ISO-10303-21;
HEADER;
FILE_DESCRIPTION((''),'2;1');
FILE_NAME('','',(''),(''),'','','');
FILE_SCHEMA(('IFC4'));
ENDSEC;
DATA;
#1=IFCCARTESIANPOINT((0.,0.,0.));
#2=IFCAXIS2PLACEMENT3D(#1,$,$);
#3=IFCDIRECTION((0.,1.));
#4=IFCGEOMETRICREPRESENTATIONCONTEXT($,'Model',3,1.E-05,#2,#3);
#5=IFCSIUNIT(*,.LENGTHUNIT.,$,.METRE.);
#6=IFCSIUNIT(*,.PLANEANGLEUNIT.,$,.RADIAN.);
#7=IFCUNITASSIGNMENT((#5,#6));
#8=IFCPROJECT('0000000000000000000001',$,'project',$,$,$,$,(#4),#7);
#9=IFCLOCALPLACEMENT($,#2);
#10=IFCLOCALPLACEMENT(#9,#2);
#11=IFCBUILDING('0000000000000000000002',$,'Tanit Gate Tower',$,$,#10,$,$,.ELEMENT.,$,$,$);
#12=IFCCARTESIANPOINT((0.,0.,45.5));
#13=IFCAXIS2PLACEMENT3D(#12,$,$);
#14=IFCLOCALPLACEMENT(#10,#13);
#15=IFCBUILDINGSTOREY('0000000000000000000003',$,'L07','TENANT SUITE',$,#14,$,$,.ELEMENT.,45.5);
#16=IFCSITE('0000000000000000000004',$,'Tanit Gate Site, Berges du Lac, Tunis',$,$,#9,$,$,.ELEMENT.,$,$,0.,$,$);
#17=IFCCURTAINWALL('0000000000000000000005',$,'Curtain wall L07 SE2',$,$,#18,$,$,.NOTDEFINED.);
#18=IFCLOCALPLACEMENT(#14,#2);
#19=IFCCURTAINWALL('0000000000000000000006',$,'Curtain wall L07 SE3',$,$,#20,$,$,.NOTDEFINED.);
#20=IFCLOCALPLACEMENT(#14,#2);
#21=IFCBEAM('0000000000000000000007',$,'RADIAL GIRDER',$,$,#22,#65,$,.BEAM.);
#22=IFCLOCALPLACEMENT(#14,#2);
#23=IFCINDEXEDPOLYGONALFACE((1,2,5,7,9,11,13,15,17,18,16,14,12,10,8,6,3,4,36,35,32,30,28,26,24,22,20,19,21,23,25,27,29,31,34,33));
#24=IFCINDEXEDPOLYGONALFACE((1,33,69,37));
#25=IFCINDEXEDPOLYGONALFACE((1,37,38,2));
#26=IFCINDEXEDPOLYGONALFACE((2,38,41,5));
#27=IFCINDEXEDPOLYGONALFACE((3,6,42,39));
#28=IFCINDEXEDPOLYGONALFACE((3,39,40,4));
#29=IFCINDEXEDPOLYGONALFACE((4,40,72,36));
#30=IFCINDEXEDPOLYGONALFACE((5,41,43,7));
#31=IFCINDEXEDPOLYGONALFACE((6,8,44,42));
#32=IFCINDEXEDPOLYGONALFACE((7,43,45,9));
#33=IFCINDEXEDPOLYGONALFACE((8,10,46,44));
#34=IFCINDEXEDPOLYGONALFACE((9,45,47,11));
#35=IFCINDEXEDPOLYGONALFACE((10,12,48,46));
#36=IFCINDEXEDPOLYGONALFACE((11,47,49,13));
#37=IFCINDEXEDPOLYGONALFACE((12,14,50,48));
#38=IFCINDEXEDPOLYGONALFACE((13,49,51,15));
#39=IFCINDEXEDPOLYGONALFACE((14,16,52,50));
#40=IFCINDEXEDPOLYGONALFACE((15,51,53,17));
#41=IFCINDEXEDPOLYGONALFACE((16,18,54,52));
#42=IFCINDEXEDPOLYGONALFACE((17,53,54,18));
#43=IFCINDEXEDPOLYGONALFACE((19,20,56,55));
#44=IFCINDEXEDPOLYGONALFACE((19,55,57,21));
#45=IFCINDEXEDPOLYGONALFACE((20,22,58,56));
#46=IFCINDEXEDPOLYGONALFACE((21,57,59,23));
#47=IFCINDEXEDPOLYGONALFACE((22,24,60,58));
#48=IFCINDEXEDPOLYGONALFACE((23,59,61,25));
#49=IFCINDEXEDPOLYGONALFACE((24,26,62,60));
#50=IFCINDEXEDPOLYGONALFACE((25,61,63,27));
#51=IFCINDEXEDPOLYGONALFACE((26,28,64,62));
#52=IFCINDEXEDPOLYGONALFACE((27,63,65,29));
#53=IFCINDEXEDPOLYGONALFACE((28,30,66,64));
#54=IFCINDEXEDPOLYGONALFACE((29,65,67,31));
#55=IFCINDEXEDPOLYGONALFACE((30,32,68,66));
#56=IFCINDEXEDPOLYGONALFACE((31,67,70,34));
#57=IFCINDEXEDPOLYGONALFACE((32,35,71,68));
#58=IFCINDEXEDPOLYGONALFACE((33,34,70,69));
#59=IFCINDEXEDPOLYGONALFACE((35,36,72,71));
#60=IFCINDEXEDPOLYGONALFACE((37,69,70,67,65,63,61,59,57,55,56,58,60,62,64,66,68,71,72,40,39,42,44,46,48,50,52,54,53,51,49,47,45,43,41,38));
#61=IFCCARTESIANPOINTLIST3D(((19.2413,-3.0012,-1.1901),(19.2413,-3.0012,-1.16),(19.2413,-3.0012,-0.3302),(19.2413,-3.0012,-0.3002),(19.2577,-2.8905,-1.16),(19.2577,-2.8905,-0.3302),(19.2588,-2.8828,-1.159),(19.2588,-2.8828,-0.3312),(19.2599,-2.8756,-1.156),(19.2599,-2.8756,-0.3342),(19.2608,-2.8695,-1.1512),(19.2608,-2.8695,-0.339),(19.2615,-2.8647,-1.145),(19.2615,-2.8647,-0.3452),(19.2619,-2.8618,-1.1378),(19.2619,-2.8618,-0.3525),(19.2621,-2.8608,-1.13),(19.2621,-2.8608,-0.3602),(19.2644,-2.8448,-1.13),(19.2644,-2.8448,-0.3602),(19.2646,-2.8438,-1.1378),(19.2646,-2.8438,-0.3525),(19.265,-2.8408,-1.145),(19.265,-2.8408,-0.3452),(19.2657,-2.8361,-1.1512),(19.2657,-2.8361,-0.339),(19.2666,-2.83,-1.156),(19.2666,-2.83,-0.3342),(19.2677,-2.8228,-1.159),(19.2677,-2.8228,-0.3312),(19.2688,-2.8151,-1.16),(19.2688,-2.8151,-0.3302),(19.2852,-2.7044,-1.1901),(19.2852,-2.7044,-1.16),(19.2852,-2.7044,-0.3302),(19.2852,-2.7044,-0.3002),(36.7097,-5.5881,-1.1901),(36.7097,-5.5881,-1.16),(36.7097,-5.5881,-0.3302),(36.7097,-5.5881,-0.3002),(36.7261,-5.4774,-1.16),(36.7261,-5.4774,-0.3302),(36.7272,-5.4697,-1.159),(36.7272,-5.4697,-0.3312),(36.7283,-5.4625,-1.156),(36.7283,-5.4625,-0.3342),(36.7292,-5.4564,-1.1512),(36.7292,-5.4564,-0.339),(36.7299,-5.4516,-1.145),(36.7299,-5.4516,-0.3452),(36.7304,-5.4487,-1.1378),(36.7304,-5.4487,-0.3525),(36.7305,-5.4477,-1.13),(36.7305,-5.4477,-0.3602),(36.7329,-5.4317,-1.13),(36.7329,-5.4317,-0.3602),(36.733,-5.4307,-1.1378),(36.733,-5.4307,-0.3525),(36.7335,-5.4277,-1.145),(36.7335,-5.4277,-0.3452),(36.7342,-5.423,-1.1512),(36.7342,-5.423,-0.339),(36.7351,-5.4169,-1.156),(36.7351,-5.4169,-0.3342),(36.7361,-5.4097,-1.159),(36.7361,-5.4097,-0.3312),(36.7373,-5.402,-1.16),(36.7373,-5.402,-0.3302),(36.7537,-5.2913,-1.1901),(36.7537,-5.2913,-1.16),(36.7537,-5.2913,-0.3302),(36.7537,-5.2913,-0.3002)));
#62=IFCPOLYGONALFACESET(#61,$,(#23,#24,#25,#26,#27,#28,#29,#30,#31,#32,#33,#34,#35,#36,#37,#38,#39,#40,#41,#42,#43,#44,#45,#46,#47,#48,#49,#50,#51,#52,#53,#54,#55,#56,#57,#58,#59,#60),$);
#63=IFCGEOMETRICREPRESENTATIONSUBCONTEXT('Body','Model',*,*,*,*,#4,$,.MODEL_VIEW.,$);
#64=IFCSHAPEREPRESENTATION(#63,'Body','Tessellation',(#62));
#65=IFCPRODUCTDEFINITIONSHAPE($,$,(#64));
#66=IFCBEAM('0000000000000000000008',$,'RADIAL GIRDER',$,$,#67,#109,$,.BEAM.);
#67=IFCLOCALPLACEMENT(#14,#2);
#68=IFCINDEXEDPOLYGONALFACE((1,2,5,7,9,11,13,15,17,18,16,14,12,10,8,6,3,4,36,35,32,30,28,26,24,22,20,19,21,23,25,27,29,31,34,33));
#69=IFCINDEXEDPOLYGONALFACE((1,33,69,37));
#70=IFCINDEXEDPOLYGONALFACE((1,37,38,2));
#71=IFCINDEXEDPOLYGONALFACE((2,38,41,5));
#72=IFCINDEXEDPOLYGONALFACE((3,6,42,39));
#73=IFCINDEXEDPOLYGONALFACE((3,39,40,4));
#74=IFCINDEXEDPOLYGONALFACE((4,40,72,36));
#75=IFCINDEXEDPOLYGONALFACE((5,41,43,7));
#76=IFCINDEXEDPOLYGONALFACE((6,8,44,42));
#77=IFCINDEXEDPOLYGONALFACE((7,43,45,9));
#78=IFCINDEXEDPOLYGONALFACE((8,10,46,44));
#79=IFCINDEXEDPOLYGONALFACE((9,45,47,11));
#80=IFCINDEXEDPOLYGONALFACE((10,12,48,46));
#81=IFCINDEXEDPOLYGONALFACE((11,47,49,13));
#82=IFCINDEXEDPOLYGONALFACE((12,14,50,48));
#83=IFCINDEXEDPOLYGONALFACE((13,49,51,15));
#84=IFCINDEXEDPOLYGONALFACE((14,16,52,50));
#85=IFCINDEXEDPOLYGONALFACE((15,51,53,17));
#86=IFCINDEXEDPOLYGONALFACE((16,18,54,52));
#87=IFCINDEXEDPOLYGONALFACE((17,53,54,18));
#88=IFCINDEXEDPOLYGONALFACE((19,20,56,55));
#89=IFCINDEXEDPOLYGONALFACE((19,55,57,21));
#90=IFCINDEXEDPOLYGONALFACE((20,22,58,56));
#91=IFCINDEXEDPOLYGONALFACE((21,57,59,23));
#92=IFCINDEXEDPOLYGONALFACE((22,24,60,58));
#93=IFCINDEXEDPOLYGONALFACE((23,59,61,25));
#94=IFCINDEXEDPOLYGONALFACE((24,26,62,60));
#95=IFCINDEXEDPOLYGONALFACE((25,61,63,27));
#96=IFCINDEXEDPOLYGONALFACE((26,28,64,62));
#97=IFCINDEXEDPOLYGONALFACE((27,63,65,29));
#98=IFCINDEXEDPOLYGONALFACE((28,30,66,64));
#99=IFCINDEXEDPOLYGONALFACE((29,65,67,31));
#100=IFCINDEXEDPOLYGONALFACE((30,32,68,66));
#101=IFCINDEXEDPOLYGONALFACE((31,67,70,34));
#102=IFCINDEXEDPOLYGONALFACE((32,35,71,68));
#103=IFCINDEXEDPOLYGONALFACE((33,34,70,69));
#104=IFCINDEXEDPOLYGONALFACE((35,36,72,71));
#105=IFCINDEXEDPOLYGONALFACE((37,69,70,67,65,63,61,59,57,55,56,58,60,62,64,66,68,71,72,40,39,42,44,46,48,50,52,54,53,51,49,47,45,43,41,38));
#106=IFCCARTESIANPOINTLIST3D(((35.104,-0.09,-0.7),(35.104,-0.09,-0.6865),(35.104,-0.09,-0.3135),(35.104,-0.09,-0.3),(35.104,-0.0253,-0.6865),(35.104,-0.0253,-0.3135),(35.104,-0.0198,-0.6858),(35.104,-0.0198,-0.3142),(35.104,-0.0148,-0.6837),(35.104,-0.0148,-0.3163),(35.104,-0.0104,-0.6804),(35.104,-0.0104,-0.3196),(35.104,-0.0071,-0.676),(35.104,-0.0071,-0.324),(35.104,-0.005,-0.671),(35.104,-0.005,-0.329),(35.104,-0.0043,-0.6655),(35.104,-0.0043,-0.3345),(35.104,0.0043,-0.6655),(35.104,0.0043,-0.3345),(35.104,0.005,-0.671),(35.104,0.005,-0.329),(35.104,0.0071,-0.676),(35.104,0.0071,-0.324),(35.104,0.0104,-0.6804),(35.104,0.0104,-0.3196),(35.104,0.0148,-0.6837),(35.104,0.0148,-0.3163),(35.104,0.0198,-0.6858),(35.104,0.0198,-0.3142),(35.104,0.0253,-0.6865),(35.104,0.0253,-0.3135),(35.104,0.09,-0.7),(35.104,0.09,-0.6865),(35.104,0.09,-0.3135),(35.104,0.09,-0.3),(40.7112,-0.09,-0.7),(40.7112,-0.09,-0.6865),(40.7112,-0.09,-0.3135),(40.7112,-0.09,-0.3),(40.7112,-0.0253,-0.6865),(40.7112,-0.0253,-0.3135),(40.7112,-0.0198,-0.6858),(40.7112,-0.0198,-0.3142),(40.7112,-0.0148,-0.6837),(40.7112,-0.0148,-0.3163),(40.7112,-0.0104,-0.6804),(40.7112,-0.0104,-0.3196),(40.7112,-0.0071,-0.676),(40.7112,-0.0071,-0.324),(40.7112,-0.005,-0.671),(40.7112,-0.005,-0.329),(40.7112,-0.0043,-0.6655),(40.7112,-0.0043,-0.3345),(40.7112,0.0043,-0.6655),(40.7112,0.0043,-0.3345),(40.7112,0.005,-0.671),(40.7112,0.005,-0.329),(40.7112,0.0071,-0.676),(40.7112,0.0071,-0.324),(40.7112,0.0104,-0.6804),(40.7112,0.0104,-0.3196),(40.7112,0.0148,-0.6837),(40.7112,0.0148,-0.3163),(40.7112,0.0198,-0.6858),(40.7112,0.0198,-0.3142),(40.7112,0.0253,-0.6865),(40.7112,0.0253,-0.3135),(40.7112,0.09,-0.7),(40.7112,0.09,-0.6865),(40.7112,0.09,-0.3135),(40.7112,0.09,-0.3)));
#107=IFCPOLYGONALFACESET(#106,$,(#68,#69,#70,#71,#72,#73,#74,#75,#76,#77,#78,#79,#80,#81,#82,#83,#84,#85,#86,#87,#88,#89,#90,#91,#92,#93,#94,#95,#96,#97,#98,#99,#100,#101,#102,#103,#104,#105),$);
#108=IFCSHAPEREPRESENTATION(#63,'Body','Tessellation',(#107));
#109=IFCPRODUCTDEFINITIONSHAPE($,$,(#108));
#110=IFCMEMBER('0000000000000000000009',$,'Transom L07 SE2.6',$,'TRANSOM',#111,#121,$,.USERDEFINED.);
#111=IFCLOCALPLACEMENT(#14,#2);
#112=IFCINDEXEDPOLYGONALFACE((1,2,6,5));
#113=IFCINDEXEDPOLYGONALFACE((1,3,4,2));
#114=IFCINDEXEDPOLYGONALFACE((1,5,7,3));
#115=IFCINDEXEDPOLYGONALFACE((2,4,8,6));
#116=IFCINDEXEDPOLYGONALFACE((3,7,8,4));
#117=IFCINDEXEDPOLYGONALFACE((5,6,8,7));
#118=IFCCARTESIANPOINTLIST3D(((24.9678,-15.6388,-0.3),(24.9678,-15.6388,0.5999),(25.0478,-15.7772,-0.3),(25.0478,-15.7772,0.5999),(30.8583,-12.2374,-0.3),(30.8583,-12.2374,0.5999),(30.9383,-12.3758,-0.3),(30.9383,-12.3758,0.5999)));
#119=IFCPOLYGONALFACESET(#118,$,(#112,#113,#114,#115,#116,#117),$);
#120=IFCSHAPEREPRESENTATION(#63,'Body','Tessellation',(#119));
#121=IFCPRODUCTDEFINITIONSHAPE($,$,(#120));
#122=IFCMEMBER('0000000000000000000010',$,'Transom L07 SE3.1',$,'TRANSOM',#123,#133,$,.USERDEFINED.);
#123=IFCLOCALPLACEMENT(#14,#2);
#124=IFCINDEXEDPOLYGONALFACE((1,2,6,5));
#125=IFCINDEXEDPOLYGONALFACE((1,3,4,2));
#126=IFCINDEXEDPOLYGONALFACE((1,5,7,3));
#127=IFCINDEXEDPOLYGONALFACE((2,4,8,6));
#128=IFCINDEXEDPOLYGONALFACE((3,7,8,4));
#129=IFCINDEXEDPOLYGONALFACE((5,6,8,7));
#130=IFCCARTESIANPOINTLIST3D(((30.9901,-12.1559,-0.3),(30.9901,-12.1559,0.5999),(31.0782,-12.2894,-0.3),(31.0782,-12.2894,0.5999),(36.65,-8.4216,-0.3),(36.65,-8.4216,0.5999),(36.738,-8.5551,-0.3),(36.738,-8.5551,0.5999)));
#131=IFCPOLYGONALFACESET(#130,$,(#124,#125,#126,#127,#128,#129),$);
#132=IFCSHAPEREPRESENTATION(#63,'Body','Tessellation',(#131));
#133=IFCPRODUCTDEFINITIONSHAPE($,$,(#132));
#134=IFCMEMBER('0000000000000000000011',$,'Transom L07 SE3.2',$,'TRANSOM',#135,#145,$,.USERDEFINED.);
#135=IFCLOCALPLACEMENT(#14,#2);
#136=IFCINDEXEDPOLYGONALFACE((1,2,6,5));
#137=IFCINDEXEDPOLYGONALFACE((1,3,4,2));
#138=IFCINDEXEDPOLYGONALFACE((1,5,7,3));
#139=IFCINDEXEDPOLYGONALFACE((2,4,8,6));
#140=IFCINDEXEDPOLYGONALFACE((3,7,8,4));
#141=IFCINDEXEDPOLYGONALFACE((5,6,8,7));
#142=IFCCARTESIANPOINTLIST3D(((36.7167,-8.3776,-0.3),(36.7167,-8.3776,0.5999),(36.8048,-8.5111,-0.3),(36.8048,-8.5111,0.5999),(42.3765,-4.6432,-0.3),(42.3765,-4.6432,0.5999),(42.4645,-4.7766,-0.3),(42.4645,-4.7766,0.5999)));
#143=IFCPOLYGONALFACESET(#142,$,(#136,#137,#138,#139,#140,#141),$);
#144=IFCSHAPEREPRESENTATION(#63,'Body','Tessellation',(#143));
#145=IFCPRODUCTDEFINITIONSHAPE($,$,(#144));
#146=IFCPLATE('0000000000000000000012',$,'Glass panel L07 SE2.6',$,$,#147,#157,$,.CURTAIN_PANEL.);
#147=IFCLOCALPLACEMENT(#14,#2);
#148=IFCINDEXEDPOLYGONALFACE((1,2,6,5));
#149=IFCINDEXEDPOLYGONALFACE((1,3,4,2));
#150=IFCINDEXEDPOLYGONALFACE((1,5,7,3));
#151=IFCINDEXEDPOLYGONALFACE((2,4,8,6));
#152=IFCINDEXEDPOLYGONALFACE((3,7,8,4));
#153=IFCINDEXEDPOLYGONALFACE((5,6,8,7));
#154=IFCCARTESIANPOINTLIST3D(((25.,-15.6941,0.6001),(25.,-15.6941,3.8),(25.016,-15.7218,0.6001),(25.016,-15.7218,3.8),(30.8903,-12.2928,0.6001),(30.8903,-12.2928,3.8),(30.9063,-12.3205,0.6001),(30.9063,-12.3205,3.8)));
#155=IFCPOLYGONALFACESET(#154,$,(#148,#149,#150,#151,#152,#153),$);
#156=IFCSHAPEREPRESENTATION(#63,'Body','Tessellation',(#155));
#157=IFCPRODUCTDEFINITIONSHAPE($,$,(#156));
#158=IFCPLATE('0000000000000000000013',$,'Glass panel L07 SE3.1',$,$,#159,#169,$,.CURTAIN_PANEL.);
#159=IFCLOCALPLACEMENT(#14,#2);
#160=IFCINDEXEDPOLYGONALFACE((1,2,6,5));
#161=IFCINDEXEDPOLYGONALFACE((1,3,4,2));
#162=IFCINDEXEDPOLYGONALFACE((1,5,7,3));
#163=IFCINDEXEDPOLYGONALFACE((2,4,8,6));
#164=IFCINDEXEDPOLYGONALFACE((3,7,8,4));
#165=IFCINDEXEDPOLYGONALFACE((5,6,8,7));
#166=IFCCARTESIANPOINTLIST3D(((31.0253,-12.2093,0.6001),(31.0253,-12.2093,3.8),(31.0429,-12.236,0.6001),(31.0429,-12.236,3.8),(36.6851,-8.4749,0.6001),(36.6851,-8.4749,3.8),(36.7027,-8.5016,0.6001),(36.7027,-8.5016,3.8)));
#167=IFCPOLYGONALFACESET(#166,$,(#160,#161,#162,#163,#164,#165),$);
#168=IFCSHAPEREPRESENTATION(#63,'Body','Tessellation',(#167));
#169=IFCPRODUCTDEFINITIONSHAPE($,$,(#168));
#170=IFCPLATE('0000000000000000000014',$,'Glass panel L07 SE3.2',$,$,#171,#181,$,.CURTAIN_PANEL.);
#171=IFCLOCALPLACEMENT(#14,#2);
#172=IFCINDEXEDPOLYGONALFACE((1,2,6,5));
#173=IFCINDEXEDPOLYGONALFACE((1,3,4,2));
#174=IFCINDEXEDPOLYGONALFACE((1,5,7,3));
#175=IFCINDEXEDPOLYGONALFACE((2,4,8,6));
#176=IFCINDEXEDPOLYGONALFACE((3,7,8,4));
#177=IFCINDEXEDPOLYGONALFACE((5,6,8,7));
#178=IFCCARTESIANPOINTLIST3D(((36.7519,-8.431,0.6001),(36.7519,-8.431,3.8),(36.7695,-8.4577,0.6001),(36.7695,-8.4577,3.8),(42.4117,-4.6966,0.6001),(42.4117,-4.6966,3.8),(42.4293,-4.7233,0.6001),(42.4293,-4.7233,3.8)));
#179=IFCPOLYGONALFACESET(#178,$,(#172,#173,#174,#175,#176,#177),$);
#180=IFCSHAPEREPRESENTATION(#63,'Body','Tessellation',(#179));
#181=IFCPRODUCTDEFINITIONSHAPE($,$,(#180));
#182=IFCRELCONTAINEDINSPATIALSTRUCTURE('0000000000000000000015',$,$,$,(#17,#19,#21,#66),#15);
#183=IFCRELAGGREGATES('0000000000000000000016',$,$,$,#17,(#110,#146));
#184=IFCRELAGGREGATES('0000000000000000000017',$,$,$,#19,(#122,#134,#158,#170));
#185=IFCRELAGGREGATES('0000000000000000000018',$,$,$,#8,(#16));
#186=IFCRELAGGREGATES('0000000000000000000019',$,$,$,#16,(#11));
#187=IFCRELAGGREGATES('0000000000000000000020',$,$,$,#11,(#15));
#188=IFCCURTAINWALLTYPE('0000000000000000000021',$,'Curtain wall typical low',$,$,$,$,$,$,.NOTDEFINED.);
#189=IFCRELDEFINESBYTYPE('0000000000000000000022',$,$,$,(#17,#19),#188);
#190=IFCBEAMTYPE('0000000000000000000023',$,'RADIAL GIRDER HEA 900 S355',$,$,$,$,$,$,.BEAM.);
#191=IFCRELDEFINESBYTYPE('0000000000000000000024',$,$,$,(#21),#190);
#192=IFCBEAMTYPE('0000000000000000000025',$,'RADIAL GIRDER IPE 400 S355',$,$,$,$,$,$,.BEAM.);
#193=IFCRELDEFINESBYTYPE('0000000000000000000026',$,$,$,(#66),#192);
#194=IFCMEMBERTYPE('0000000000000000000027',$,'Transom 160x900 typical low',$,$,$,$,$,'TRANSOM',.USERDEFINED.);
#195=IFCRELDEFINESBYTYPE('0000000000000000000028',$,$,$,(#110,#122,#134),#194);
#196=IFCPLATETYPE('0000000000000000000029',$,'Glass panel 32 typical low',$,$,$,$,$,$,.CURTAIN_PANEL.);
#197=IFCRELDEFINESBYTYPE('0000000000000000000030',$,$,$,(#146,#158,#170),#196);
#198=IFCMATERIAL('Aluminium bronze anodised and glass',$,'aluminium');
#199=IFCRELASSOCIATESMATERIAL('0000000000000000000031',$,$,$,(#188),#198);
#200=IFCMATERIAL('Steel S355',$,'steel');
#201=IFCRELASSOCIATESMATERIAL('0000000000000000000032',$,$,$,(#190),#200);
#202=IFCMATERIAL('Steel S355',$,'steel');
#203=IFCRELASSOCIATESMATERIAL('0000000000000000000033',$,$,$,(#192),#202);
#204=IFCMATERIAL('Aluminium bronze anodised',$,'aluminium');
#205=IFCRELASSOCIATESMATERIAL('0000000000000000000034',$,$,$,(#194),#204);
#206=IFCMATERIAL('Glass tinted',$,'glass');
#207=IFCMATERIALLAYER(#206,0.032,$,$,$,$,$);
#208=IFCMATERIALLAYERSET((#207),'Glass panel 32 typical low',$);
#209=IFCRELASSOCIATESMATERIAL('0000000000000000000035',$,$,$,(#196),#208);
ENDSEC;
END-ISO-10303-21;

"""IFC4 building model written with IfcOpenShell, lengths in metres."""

from ifc_helpers import new_model, si_unit, direction, frame, origin, origin_2d, place, context, subcontext, project, spatial, rectangle, i_section, extrude, material, layer, layer_set, material_profile, profile_set, type_object, element, aggregate, save


model = new_model("IFC4")

# Units and contexts
model_context = context("Model", 3, precision=1e-05, world=origin(), true_north=direction((0.0, 1.0)))
body_context = subcontext(model_context, "Body", "Model", "MODEL_VIEW")
ifc_project = project(units=[si_unit("LENGTHUNIT", "METRE"), si_unit("PLANEANGLEUNIT", "RADIAN")], contexts=[model_context])

# Site, building, storey
site_placement = place(None, origin())
site = spatial("IfcSite", under=ifc_project, at=site_placement, Name="Tanit Gate Site, Berges du Lac, Tunis", CompositionType="ELEMENT", RefElevation=0.0)
building_placement = place(site_placement, origin())
building = spatial("IfcBuilding", under=site, at=building_placement, Name="Tanit Gate Tower", CompositionType="ELEMENT")
storey_placement = place(building_placement, frame((0.0, 0.0, 45.5)))
storey = spatial("IfcBuildingStorey", under=building, at=storey_placement, Name="L07", Description="TENANT SUITE", CompositionType="ELEMENT", Elevation=45.5)

# Curtain wall
ifc_material_1 = material(Name="Aluminium bronze anodised and glass", Category="aluminium")
curtain_wall_type = type_object("IfcCurtainWallType", Name="Curtain wall typical low", PredefinedType="NOTDEFINED", material=ifc_material_1)
curtain_wall_1_placement = place(storey_placement, origin())
curtain_wall_1 = element("IfcCurtainWall", 1, at=curtain_wall_1_placement, inside=storey, type_object=curtain_wall_type, Name="Curtain wall L07 SE2", PredefinedType="NOTDEFINED")

# Curtain wall
curtain_wall_2_placement = place(storey_placement, origin())
curtain_wall_2 = element("IfcCurtainWall", 2, at=curtain_wall_2_placement, inside=storey, type_object=curtain_wall_type, Name="Curtain wall L07 SE3", PredefinedType="NOTDEFINED")

# Beams
ifc_material_2 = material(Name="Steel S355", Category="steel")
ifc_material_profile_1 = material_profile(ifc_material_2, i_section(OverallWidth=0.3, OverallDepth=0.8899, WebThickness=0.0161, FlangeThickness=0.03, FilletRadius=0.03, at=origin_2d()), Name="HEA 900")
ifc_profile_set_1 = profile_set([ifc_material_profile_1], Name="Steel S355")
beam_type_1 = type_object("IfcBeamType", Name="RADIAL GIRDER HEA 900 S355", PredefinedType="BEAM", material=ifc_profile_set_1)
beam_1_placement = place(storey_placement, frame((36.7317, -5.4397, -0.7451), z_axis=(-0.989212, 0.146493, 0.0), x_axis=(-0.146493, -0.989212, 0.0)))
element("IfcBeam", 3, at=beam_1_placement, inside=storey, type_object=beam_type_1, Name="RADIAL GIRDER", PredefinedType="BEAM", context=body_context, shape_type="SweptSolid", body=[
    extrude(i_section(OverallWidth=0.3, OverallDepth=0.8899, WebThickness=0.0161, FlangeThickness=0.03, FilletRadius=0.03, at=origin_2d()), origin(), (0.0, 0.0, 1.0), 17.6589),
])
ifc_material_3 = material(Name="Steel S355", Category="steel")
ifc_material_profile_2 = material_profile(ifc_material_3, i_section(OverallWidth=0.1799, OverallDepth=0.3999, WebThickness=0.0085, FlangeThickness=0.0134, FilletRadius=0.021, at=origin_2d()), Name="IPE 400")
ifc_profile_set_2 = profile_set([ifc_material_profile_2], Name="Steel S355")
beam_type_2 = type_object("IfcBeamType", Name="RADIAL GIRDER IPE 400 S355", PredefinedType="BEAM", material=ifc_profile_set_2)
beam_2_placement = place(storey_placement, frame((40.7112, 0.0, -0.5), z_axis=(-1.0, 0.0, 0.0), x_axis=(0.0, -1.0, 0.0)))
element("IfcBeam", 4, at=beam_2_placement, inside=storey, type_object=beam_type_2, Name="RADIAL GIRDER", PredefinedType="BEAM", context=body_context, shape_type="SweptSolid", body=[
    extrude(i_section(OverallWidth=0.1799, OverallDepth=0.3999, WebThickness=0.0085, FlangeThickness=0.0134, FilletRadius=0.021, at=origin_2d()), origin(), (0.0, 0.0, 1.0), 5.6072),
])

# Members
ifc_material_4 = material(Name="Aluminium bronze anodised", Category="aluminium")
ifc_material_profile_3 = material_profile(ifc_material_4, rectangle(XDim=0.1599, YDim=0.8999, at=origin_2d()), Name="160x900 bronze transom")
ifc_profile_set_3 = profile_set([ifc_material_profile_3], Name="Aluminium bronze anodised")
member_type_1 = type_object("IfcMemberType", Name="Transom 160x900 typical low", ElementType="TRANSOM", PredefinedType="USERDEFINED", material=ifc_profile_set_3)
member_1_placement = place(storey_placement, frame((25.0078, -15.708, 0.1499), z_axis=(0.86599, 0.500061, 0.0), x_axis=(-0.500061, 0.86599, 0.0)))
member_1 = element("IfcMember", 5, at=member_1_placement, type_object=member_type_1, Name="Transom L07 SE2.6", ObjectType="TRANSOM", PredefinedType="USERDEFINED", context=body_context, shape_type="SweptSolid", body=[
    extrude(rectangle(XDim=0.1599, YDim=0.8999, at=origin_2d()), origin(), (0.0, 0.0, 1.0), 6.802),
])
member_2_placement = place(storey_placement, frame((31.0342, -12.2227, 0.1499), z_axis=(0.834689, 0.550722, 0.0), x_axis=(-0.550722, 0.834689, 0.0)))
member_2 = element("IfcMember", 6, at=member_2_placement, type_object=member_type_1, Name="Transom L07 SE3.1", ObjectType="TRANSOM", PredefinedType="USERDEFINED", context=body_context, shape_type="SweptSolid", body=[
    extrude(rectangle(XDim=0.1599, YDim=0.8999, at=origin_2d()), origin(), (0.0, 0.0, 1.0), 6.7808),
])
member_3_placement = place(storey_placement, frame((36.7607, -8.4443, 0.1499), z_axis=(0.834678, 0.550739, 0.0), x_axis=(-0.550739, 0.834678, 0.0)))
member_3 = element("IfcMember", 7, at=member_3_placement, type_object=member_type_1, Name="Transom L07 SE3.2", ObjectType="TRANSOM", PredefinedType="USERDEFINED", context=body_context, shape_type="SweptSolid", body=[
    extrude(rectangle(XDim=0.1599, YDim=0.8999, at=origin_2d()), origin(), (0.0, 0.0, 1.0), 6.7808),
])

# Plates
ifc_material_5 = material(Name="Glass tinted", Category="glass")
ifc_layer_1 = layer(ifc_material_5, 0.032)
ifc_layer_set_1 = layer_set([ifc_layer_1], Name="Glass panel 32 typical low")
plate_type = type_object("IfcPlateType", Name="Glass panel 32 typical low", PredefinedType="CURTAIN_PANEL", material=ifc_layer_set_1)
plate_1_placement = place(storey_placement, frame((27.9531, -14.0073, 0.6001), z_axis=(0.0, 0.0, 1.0), x_axis=(0.865991, 0.50006, 0.0)))
plate_1 = element("IfcPlate", 8, at=plate_1_placement, type_object=plate_type, Name="Glass panel L07 SE2.6", PredefinedType="CURTAIN_PANEL", context=body_context, shape_type="SweptSolid", body=[
    extrude(rectangle(XDim=6.8018, YDim=0.032, at=origin_2d()), origin(), (0.0, 0.0, 1.0), 3.2),
])
aggregate(curtain_wall_1, [member_1, plate_1])
plate_2_placement = place(storey_placement, frame((33.864, -10.3555, 0.6001), z_axis=(0.0, 0.0, 1.0), x_axis=(0.834683, 0.55073, 0.0)))
plate_2 = element("IfcPlate", 9, at=plate_2_placement, type_object=plate_type, Name="Glass panel L07 SE3.1", PredefinedType="CURTAIN_PANEL", context=body_context, shape_type="SweptSolid", body=[
    extrude(rectangle(XDim=6.7808, YDim=0.032, at=origin_2d()), origin(), (0.0, 0.0, 1.0), 3.2),
])
plate_3_placement = place(storey_placement, frame((39.5906, -6.5771, 0.6001), z_axis=(0.0, 0.0, 1.0), x_axis=(0.834683, 0.55073, 0.0)))
plate_3 = element("IfcPlate", 10, at=plate_3_placement, type_object=plate_type, Name="Glass panel L07 SE3.2", PredefinedType="CURTAIN_PANEL", context=body_context, shape_type="SweptSolid", body=[
    extrude(rectangle(XDim=6.7808, YDim=0.032, at=origin_2d()), origin(), (0.0, 0.0, 1.0), 3.2),
])
aggregate(curtain_wall_2, [member_2, member_3, plate_2, plate_3])

save(model, "model.ifc")
